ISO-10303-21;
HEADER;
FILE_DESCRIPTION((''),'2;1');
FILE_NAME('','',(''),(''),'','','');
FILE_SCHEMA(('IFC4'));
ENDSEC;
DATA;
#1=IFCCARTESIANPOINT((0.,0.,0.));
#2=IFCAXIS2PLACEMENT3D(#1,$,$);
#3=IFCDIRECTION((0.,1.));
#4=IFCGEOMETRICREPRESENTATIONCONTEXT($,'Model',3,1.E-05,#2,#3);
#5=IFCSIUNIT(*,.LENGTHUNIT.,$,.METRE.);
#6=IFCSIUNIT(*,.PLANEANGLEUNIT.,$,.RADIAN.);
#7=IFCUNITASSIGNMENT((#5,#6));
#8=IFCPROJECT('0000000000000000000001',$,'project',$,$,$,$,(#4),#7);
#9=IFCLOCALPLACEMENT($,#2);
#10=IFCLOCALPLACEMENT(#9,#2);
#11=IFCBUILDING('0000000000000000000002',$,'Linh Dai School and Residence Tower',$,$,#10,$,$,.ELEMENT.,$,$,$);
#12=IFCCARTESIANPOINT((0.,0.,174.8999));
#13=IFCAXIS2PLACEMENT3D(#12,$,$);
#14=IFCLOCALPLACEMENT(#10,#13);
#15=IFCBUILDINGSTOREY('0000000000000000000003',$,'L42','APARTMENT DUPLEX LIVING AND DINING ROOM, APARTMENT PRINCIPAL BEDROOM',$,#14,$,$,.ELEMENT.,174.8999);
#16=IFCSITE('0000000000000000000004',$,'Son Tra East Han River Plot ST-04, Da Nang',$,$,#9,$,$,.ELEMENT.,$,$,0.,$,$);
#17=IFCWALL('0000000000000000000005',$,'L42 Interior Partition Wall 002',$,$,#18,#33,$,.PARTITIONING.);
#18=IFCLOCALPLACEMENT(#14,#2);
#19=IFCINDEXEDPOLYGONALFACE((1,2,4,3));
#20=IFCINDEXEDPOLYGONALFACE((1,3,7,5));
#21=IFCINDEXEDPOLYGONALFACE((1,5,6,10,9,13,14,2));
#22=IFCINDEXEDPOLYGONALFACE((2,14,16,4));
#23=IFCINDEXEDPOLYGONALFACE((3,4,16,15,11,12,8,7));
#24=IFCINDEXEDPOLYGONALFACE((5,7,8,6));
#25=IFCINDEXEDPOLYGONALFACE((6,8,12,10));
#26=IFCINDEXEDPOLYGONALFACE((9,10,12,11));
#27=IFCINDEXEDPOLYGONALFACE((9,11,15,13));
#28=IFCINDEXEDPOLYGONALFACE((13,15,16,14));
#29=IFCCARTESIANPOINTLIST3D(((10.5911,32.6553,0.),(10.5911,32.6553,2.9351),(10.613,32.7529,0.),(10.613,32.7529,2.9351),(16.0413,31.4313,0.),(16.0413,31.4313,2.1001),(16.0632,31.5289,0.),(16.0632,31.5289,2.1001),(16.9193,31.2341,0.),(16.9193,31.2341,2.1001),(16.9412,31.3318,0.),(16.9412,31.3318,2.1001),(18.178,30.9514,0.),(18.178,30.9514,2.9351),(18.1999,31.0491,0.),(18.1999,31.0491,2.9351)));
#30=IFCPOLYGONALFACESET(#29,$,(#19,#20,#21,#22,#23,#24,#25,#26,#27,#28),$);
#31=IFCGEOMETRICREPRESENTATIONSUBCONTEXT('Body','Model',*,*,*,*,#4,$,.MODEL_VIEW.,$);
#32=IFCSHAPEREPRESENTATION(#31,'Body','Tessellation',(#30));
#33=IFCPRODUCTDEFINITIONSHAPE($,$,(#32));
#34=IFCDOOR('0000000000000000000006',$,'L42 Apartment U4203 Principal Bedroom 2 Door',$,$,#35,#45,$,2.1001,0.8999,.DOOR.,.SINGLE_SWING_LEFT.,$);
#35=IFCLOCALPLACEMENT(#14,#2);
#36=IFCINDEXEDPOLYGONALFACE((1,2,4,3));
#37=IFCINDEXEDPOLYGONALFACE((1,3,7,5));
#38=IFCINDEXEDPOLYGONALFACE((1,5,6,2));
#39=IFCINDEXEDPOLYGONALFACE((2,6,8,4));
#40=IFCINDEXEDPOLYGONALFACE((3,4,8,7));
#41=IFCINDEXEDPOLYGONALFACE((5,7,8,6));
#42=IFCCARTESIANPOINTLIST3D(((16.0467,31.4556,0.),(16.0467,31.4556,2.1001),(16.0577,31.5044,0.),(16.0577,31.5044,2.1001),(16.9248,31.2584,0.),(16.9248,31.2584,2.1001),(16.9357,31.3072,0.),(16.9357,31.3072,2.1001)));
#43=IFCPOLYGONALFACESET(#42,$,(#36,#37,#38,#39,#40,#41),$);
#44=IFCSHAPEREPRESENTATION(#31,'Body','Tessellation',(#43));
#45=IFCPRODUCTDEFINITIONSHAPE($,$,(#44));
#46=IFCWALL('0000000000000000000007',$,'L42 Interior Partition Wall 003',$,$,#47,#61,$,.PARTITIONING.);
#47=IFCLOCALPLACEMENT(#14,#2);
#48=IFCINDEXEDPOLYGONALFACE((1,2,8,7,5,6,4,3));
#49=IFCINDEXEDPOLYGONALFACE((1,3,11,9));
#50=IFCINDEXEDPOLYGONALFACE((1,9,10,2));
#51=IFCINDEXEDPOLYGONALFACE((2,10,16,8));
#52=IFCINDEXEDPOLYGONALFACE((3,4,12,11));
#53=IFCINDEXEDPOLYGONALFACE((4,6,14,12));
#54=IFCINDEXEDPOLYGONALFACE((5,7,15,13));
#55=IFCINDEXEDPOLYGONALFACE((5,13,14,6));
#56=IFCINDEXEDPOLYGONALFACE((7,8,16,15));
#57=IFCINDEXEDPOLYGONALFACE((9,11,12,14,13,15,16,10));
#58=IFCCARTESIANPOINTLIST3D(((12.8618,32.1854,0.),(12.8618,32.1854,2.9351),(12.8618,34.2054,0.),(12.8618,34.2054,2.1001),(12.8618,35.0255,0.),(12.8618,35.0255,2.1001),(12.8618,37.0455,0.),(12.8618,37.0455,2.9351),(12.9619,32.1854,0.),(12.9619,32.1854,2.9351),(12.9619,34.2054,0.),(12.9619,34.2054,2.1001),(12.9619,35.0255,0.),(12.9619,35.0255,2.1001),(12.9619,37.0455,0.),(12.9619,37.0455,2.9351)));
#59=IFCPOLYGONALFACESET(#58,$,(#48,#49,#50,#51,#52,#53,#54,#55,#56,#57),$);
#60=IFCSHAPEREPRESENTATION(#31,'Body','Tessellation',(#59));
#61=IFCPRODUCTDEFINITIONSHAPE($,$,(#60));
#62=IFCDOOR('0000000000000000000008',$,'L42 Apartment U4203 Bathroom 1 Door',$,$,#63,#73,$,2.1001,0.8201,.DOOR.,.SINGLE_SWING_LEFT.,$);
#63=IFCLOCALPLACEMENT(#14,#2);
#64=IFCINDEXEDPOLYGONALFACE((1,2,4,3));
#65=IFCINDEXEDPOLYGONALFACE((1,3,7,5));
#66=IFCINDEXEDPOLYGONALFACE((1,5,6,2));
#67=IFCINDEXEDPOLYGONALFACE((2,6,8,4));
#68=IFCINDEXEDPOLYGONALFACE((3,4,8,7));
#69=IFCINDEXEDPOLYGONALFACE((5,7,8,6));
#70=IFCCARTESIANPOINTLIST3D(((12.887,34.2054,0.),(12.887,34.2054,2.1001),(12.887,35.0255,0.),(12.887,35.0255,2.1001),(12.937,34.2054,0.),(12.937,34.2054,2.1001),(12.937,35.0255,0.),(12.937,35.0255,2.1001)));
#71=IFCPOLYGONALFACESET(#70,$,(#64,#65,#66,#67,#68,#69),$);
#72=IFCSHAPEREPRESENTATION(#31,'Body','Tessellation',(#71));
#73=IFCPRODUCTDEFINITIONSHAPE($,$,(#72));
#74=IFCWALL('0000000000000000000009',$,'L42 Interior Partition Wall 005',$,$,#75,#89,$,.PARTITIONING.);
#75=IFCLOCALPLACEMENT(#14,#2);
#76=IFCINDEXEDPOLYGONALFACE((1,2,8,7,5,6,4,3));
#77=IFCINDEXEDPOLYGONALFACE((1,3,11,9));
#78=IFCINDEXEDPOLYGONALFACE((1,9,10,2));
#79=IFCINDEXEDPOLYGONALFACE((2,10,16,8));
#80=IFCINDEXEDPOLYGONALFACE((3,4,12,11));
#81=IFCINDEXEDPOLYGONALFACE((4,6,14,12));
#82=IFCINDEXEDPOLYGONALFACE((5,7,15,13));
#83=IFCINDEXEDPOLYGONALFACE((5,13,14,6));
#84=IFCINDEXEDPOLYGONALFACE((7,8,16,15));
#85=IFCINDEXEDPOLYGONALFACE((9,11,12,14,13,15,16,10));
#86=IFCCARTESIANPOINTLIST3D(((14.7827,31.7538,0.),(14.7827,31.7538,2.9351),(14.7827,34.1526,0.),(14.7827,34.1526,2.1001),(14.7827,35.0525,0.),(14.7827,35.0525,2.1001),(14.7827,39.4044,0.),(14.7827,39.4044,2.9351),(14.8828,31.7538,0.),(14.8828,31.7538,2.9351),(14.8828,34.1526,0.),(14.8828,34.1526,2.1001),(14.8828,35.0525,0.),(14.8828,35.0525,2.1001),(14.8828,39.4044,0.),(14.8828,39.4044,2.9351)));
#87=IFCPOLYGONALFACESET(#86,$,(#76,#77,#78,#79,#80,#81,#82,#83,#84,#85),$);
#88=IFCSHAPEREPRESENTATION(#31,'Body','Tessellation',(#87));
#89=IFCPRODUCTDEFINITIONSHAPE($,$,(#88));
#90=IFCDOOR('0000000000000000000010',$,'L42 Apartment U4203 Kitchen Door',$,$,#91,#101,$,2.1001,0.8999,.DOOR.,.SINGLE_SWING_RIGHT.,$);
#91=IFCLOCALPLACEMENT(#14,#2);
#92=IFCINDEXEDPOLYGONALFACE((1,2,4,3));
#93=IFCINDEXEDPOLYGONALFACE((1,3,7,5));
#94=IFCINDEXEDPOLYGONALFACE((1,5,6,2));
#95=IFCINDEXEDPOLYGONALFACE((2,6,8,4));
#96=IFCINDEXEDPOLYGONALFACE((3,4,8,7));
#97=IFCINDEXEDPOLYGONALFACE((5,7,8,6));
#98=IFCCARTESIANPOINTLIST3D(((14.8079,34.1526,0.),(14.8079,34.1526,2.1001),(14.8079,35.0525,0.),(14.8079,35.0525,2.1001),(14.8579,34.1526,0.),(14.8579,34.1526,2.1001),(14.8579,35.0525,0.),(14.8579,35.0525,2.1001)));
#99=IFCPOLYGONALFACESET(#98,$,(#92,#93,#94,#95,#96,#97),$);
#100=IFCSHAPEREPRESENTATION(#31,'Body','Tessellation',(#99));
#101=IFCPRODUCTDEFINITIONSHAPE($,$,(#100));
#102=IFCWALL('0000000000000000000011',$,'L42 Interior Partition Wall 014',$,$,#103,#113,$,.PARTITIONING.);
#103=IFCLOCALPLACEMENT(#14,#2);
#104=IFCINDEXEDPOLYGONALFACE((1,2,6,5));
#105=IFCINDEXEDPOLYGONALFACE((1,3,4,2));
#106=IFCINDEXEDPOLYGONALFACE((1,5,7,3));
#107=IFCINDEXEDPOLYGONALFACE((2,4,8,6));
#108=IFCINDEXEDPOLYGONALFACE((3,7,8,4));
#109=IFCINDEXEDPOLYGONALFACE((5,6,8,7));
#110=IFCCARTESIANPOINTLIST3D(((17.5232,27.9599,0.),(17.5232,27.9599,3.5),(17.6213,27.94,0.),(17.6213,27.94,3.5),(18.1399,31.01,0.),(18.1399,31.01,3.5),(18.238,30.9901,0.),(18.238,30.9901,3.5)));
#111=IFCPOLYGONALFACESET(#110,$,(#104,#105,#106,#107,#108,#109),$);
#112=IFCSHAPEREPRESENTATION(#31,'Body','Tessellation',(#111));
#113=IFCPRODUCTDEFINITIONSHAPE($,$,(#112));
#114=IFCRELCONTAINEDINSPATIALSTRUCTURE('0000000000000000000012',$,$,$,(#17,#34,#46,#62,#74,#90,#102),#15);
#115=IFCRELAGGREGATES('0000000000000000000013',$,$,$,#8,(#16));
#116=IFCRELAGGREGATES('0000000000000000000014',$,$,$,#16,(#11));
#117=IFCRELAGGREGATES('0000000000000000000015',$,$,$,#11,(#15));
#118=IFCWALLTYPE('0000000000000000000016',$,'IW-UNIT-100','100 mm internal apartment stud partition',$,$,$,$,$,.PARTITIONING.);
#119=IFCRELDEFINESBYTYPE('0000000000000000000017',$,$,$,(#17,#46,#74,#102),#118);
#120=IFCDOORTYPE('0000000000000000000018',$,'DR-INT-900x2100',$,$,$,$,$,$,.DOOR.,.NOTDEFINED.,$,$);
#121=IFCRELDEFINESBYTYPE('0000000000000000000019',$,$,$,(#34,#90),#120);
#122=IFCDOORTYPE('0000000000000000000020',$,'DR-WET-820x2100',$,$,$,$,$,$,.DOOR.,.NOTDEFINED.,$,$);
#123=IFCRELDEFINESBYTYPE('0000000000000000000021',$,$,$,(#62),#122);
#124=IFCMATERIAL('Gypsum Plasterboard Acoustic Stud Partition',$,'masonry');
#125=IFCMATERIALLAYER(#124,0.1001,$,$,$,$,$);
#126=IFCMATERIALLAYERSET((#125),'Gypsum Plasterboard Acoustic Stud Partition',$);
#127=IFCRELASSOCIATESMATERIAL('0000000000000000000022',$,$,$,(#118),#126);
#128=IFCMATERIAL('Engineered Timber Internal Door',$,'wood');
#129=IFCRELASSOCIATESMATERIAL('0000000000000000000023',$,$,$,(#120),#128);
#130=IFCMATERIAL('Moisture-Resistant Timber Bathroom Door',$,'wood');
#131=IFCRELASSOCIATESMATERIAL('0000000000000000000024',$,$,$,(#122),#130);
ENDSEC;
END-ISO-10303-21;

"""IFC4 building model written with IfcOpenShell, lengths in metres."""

from ifc_helpers import new_model, si_unit, direction, frame, frame_2d, origin, origin_2d, place, context, subcontext, project, spatial, rectangle, extrude, source, transform, mapped, material, layer, layer_set, type_object, element, fill, save


model = new_model("IFC4")

# Units and contexts
model_context = context("Model", 3, precision=1e-05, world=origin(), true_north=direction((0.0, 1.0)))
body_context = subcontext(model_context, "Body", "Model", "MODEL_VIEW")
ifc_project = project(units=[si_unit("LENGTHUNIT", "METRE"), si_unit("PLANEANGLEUNIT", "RADIAN")], contexts=[model_context])

# Site, building, storey
site_placement = place(None, origin())
site = spatial("IfcSite", under=ifc_project, at=site_placement, Name="Son Tra East Han River Plot ST-04, Da Nang", CompositionType="ELEMENT", RefElevation=0.0)
building_placement = place(site_placement, origin())
building = spatial("IfcBuilding", under=site, at=building_placement, Name="Linh Dai School and Residence Tower", CompositionType="ELEMENT")
storey_placement = place(building_placement, frame((0.0, 0.0, 174.8999)))
storey = spatial("IfcBuildingStorey", under=building, at=storey_placement, Name="L42", Description="APARTMENT DUPLEX LIVING AND DINING ROOM, APARTMENT PRINCIPAL BEDROOM", CompositionType="ELEMENT", Elevation=174.8999)

# Walls, openings, doors
ifc_material_1 = material(Name="Gypsum Plasterboard Acoustic Stud Partition", Category="masonry")
ifc_layer_1 = layer(ifc_material_1, 0.1001)
ifc_layer_set_1 = layer_set([ifc_layer_1], Name="Gypsum Plasterboard Acoustic Stud Partition")
wall_type_1 = type_object("IfcWallType", Name="IW-UNIT-100", Description="100 mm internal apartment stud partition", PredefinedType="PARTITIONING", material=ifc_layer_set_1)
wall_1_placement = place(storey_placement, frame((10.6021, 32.7041, 0.0), z_axis=(0.0, 0.0, 1.0), x_axis=(0.975698, -0.219121, 0.0)))
wall_1 = element("IfcWall", 1, at=wall_1_placement, inside=storey, type_object=wall_type_1, Name="L42 Interior Partition Wall 002", PredefinedType="PARTITIONING", context=body_context, shape_type="SweptSolid", body=[
    extrude(rectangle(XDim=7.7759, YDim=0.1001, at=frame_2d((3.8879, 0.0))), origin(), (0.0, 0.0, 1.0), 2.9351),
])
opening_1_placement = place(wall_1_placement, frame((5.5859, 0.0, 0.0)))
opening_1 = element("IfcOpeningElement", 2, at=opening_1_placement, cuts=wall_1, PredefinedType="OPENING", context=body_context, shape_type="SweptSolid", body=[
    extrude(rectangle(XDim=0.8999, YDim=2.1001, at=origin_2d()), frame((0.45, 0.0601, 1.05), z_axis=(0.0, -1.0, 0.0), x_axis=(1.0, 0.0, 0.0)), (0.0, 0.0, 1.0), 0.1201),
])
ifc_material_2 = material(Name="Engineered Timber Internal Door", Category="wood")
door_type_1 = type_object("IfcDoorType", Name="DR-INT-900x2100", OperationType="NOTDEFINED", PredefinedType="DOOR", material=ifc_material_2)
shared_shape_1 = source(origin(), body_context, "Body", "SweptSolid", [
    extrude(rectangle(XDim=0.8999, YDim=2.1001, at=origin_2d()), frame((0.45, 0.0249, 1.05), z_axis=(0.0, -1.0, 0.0), x_axis=(1.0, 0.0, 0.0)), (0.0, 0.0, 1.0), 0.05),
])
door_1_placement = place(opening_1_placement, origin())
door_1 = element("IfcDoor", 3, at=door_1_placement, inside=storey, type_object=door_type_1, Name="L42 Apartment U4203 Principal Bedroom 2 Door", OperationType="SINGLE_SWING_LEFT", OverallHeight=2.1001, OverallWidth=0.8999, PredefinedType="DOOR", context=body_context, shape_type="MappedRepresentation", body=[
    mapped(shared_shape_1, transform((0.0, 0.0, 0.0), x_axis=(1.0, 0.0, 0.0), y_axis=(0.0, 1.0, 0.0), z_axis=(0.0, 0.0, 1.0), scale=1.0)),
])
fill(opening_1, door_1)
wall_2_placement = place(storey_placement, frame((12.9119, 32.1853, 0.0), z_axis=(0.0, 0.0, 1.0), x_axis=(0.0, 1.0, 0.0)))
wall_2 = element("IfcWall", 4, at=wall_2_placement, inside=storey, type_object=wall_type_1, Name="L42 Interior Partition Wall 003", PredefinedType="PARTITIONING", context=body_context, shape_type="SweptSolid", body=[
    extrude(rectangle(XDim=4.8601, YDim=0.1001, at=frame_2d((2.4302, 0.0))), origin(), (0.0, 0.0, 1.0), 2.9351),
])
opening_2_placement = place(wall_2_placement, frame((2.02, 0.0, 0.0)))
opening_2 = element("IfcOpeningElement", 5, at=opening_2_placement, cuts=wall_2, PredefinedType="OPENING", context=body_context, shape_type="SweptSolid", body=[
    extrude(rectangle(XDim=0.8201, YDim=2.1001, at=origin_2d()), frame((0.4102, 0.0601, 1.05), z_axis=(0.0, -1.0, 0.0), x_axis=(1.0, 0.0, 0.0)), (0.0, 0.0, 1.0), 0.1201),
])
ifc_material_3 = material(Name="Moisture-Resistant Timber Bathroom Door", Category="wood")
door_type_2 = type_object("IfcDoorType", Name="DR-WET-820x2100", OperationType="NOTDEFINED", PredefinedType="DOOR", material=ifc_material_3)
shared_shape_2 = source(origin(), body_context, "Body", "SweptSolid", [
    extrude(rectangle(XDim=0.8201, YDim=2.1001, at=origin_2d()), frame((0.4102, 0.0249, 1.05), z_axis=(0.0, -1.0, 0.0), x_axis=(1.0, 0.0, 0.0)), (0.0, 0.0, 1.0), 0.05),
])
door_2_placement = place(opening_2_placement, origin())
door_2 = element("IfcDoor", 6, at=door_2_placement, inside=storey, type_object=door_type_2, Name="L42 Apartment U4203 Bathroom 1 Door", OperationType="SINGLE_SWING_LEFT", OverallHeight=2.1001, OverallWidth=0.8201, PredefinedType="DOOR", context=body_context, shape_type="MappedRepresentation", body=[
    mapped(shared_shape_2, transform((0.0, 0.0, 0.0), x_axis=(1.0, 0.0, 0.0), y_axis=(0.0, 1.0, 0.0), z_axis=(0.0, 0.0, 1.0), scale=1.0)),
])
fill(opening_2, door_2)
wall_3_placement = place(storey_placement, frame((14.8328, 31.7539, 0.0), z_axis=(0.0, 0.0, 1.0), x_axis=(0.0, 1.0, 0.0)))
wall_3 = element("IfcWall", 7, at=wall_3_placement, inside=storey, type_object=wall_type_1, Name="L42 Interior Partition Wall 005", PredefinedType="PARTITIONING", context=body_context, shape_type="SweptSolid", body=[
    extrude(rectangle(XDim=7.6506, YDim=0.1001, at=frame_2d((3.8252, 0.0))), origin(), (0.0, 0.0, 1.0), 2.9351),
])
opening_3_placement = place(wall_3_placement, frame((2.3987, 0.0, 0.0)))
opening_3 = element("IfcOpeningElement", 8, at=opening_3_placement, cuts=wall_3, PredefinedType="OPENING", context=body_context, shape_type="SweptSolid", body=[
    extrude(rectangle(XDim=0.8999, YDim=2.1001, at=origin_2d()), frame((0.45, 0.0601, 1.05), z_axis=(0.0, -1.0, 0.0), x_axis=(1.0, 0.0, 0.0)), (0.0, 0.0, 1.0), 0.1201),
])
door_3_placement = place(opening_3_placement, origin())
door_3 = element("IfcDoor", 9, at=door_3_placement, inside=storey, type_object=door_type_1, Name="L42 Apartment U4203 Kitchen Door", OperationType="SINGLE_SWING_RIGHT", OverallHeight=2.1001, OverallWidth=0.8999, PredefinedType="DOOR", context=body_context, shape_type="MappedRepresentation", body=[
    mapped(shared_shape_1, transform((0.0, 0.0, 0.0), x_axis=(1.0, 0.0, 0.0), y_axis=(0.0, 1.0, 0.0), z_axis=(0.0, 0.0, 1.0), scale=1.0)),
])
fill(opening_3, door_3)

# Wall
wall_4_placement = place(storey_placement, frame((17.5723, 27.95, 0.0), z_axis=(0.0, 0.0, 1.0), x_axis=(0.198183, 0.980165, 0.0)))
element("IfcWall", 10, at=wall_4_placement, inside=storey, type_object=wall_type_1, Name="L42 Interior Partition Wall 014", PredefinedType="PARTITIONING", context=body_context, shape_type="SweptSolid", body=[
    extrude(rectangle(XDim=3.1118, YDim=0.1001, at=frame_2d((1.5559, 0.0))), origin(), (0.0, 0.0, 1.0), 3.5),
])

save(model, "model.ifc")
